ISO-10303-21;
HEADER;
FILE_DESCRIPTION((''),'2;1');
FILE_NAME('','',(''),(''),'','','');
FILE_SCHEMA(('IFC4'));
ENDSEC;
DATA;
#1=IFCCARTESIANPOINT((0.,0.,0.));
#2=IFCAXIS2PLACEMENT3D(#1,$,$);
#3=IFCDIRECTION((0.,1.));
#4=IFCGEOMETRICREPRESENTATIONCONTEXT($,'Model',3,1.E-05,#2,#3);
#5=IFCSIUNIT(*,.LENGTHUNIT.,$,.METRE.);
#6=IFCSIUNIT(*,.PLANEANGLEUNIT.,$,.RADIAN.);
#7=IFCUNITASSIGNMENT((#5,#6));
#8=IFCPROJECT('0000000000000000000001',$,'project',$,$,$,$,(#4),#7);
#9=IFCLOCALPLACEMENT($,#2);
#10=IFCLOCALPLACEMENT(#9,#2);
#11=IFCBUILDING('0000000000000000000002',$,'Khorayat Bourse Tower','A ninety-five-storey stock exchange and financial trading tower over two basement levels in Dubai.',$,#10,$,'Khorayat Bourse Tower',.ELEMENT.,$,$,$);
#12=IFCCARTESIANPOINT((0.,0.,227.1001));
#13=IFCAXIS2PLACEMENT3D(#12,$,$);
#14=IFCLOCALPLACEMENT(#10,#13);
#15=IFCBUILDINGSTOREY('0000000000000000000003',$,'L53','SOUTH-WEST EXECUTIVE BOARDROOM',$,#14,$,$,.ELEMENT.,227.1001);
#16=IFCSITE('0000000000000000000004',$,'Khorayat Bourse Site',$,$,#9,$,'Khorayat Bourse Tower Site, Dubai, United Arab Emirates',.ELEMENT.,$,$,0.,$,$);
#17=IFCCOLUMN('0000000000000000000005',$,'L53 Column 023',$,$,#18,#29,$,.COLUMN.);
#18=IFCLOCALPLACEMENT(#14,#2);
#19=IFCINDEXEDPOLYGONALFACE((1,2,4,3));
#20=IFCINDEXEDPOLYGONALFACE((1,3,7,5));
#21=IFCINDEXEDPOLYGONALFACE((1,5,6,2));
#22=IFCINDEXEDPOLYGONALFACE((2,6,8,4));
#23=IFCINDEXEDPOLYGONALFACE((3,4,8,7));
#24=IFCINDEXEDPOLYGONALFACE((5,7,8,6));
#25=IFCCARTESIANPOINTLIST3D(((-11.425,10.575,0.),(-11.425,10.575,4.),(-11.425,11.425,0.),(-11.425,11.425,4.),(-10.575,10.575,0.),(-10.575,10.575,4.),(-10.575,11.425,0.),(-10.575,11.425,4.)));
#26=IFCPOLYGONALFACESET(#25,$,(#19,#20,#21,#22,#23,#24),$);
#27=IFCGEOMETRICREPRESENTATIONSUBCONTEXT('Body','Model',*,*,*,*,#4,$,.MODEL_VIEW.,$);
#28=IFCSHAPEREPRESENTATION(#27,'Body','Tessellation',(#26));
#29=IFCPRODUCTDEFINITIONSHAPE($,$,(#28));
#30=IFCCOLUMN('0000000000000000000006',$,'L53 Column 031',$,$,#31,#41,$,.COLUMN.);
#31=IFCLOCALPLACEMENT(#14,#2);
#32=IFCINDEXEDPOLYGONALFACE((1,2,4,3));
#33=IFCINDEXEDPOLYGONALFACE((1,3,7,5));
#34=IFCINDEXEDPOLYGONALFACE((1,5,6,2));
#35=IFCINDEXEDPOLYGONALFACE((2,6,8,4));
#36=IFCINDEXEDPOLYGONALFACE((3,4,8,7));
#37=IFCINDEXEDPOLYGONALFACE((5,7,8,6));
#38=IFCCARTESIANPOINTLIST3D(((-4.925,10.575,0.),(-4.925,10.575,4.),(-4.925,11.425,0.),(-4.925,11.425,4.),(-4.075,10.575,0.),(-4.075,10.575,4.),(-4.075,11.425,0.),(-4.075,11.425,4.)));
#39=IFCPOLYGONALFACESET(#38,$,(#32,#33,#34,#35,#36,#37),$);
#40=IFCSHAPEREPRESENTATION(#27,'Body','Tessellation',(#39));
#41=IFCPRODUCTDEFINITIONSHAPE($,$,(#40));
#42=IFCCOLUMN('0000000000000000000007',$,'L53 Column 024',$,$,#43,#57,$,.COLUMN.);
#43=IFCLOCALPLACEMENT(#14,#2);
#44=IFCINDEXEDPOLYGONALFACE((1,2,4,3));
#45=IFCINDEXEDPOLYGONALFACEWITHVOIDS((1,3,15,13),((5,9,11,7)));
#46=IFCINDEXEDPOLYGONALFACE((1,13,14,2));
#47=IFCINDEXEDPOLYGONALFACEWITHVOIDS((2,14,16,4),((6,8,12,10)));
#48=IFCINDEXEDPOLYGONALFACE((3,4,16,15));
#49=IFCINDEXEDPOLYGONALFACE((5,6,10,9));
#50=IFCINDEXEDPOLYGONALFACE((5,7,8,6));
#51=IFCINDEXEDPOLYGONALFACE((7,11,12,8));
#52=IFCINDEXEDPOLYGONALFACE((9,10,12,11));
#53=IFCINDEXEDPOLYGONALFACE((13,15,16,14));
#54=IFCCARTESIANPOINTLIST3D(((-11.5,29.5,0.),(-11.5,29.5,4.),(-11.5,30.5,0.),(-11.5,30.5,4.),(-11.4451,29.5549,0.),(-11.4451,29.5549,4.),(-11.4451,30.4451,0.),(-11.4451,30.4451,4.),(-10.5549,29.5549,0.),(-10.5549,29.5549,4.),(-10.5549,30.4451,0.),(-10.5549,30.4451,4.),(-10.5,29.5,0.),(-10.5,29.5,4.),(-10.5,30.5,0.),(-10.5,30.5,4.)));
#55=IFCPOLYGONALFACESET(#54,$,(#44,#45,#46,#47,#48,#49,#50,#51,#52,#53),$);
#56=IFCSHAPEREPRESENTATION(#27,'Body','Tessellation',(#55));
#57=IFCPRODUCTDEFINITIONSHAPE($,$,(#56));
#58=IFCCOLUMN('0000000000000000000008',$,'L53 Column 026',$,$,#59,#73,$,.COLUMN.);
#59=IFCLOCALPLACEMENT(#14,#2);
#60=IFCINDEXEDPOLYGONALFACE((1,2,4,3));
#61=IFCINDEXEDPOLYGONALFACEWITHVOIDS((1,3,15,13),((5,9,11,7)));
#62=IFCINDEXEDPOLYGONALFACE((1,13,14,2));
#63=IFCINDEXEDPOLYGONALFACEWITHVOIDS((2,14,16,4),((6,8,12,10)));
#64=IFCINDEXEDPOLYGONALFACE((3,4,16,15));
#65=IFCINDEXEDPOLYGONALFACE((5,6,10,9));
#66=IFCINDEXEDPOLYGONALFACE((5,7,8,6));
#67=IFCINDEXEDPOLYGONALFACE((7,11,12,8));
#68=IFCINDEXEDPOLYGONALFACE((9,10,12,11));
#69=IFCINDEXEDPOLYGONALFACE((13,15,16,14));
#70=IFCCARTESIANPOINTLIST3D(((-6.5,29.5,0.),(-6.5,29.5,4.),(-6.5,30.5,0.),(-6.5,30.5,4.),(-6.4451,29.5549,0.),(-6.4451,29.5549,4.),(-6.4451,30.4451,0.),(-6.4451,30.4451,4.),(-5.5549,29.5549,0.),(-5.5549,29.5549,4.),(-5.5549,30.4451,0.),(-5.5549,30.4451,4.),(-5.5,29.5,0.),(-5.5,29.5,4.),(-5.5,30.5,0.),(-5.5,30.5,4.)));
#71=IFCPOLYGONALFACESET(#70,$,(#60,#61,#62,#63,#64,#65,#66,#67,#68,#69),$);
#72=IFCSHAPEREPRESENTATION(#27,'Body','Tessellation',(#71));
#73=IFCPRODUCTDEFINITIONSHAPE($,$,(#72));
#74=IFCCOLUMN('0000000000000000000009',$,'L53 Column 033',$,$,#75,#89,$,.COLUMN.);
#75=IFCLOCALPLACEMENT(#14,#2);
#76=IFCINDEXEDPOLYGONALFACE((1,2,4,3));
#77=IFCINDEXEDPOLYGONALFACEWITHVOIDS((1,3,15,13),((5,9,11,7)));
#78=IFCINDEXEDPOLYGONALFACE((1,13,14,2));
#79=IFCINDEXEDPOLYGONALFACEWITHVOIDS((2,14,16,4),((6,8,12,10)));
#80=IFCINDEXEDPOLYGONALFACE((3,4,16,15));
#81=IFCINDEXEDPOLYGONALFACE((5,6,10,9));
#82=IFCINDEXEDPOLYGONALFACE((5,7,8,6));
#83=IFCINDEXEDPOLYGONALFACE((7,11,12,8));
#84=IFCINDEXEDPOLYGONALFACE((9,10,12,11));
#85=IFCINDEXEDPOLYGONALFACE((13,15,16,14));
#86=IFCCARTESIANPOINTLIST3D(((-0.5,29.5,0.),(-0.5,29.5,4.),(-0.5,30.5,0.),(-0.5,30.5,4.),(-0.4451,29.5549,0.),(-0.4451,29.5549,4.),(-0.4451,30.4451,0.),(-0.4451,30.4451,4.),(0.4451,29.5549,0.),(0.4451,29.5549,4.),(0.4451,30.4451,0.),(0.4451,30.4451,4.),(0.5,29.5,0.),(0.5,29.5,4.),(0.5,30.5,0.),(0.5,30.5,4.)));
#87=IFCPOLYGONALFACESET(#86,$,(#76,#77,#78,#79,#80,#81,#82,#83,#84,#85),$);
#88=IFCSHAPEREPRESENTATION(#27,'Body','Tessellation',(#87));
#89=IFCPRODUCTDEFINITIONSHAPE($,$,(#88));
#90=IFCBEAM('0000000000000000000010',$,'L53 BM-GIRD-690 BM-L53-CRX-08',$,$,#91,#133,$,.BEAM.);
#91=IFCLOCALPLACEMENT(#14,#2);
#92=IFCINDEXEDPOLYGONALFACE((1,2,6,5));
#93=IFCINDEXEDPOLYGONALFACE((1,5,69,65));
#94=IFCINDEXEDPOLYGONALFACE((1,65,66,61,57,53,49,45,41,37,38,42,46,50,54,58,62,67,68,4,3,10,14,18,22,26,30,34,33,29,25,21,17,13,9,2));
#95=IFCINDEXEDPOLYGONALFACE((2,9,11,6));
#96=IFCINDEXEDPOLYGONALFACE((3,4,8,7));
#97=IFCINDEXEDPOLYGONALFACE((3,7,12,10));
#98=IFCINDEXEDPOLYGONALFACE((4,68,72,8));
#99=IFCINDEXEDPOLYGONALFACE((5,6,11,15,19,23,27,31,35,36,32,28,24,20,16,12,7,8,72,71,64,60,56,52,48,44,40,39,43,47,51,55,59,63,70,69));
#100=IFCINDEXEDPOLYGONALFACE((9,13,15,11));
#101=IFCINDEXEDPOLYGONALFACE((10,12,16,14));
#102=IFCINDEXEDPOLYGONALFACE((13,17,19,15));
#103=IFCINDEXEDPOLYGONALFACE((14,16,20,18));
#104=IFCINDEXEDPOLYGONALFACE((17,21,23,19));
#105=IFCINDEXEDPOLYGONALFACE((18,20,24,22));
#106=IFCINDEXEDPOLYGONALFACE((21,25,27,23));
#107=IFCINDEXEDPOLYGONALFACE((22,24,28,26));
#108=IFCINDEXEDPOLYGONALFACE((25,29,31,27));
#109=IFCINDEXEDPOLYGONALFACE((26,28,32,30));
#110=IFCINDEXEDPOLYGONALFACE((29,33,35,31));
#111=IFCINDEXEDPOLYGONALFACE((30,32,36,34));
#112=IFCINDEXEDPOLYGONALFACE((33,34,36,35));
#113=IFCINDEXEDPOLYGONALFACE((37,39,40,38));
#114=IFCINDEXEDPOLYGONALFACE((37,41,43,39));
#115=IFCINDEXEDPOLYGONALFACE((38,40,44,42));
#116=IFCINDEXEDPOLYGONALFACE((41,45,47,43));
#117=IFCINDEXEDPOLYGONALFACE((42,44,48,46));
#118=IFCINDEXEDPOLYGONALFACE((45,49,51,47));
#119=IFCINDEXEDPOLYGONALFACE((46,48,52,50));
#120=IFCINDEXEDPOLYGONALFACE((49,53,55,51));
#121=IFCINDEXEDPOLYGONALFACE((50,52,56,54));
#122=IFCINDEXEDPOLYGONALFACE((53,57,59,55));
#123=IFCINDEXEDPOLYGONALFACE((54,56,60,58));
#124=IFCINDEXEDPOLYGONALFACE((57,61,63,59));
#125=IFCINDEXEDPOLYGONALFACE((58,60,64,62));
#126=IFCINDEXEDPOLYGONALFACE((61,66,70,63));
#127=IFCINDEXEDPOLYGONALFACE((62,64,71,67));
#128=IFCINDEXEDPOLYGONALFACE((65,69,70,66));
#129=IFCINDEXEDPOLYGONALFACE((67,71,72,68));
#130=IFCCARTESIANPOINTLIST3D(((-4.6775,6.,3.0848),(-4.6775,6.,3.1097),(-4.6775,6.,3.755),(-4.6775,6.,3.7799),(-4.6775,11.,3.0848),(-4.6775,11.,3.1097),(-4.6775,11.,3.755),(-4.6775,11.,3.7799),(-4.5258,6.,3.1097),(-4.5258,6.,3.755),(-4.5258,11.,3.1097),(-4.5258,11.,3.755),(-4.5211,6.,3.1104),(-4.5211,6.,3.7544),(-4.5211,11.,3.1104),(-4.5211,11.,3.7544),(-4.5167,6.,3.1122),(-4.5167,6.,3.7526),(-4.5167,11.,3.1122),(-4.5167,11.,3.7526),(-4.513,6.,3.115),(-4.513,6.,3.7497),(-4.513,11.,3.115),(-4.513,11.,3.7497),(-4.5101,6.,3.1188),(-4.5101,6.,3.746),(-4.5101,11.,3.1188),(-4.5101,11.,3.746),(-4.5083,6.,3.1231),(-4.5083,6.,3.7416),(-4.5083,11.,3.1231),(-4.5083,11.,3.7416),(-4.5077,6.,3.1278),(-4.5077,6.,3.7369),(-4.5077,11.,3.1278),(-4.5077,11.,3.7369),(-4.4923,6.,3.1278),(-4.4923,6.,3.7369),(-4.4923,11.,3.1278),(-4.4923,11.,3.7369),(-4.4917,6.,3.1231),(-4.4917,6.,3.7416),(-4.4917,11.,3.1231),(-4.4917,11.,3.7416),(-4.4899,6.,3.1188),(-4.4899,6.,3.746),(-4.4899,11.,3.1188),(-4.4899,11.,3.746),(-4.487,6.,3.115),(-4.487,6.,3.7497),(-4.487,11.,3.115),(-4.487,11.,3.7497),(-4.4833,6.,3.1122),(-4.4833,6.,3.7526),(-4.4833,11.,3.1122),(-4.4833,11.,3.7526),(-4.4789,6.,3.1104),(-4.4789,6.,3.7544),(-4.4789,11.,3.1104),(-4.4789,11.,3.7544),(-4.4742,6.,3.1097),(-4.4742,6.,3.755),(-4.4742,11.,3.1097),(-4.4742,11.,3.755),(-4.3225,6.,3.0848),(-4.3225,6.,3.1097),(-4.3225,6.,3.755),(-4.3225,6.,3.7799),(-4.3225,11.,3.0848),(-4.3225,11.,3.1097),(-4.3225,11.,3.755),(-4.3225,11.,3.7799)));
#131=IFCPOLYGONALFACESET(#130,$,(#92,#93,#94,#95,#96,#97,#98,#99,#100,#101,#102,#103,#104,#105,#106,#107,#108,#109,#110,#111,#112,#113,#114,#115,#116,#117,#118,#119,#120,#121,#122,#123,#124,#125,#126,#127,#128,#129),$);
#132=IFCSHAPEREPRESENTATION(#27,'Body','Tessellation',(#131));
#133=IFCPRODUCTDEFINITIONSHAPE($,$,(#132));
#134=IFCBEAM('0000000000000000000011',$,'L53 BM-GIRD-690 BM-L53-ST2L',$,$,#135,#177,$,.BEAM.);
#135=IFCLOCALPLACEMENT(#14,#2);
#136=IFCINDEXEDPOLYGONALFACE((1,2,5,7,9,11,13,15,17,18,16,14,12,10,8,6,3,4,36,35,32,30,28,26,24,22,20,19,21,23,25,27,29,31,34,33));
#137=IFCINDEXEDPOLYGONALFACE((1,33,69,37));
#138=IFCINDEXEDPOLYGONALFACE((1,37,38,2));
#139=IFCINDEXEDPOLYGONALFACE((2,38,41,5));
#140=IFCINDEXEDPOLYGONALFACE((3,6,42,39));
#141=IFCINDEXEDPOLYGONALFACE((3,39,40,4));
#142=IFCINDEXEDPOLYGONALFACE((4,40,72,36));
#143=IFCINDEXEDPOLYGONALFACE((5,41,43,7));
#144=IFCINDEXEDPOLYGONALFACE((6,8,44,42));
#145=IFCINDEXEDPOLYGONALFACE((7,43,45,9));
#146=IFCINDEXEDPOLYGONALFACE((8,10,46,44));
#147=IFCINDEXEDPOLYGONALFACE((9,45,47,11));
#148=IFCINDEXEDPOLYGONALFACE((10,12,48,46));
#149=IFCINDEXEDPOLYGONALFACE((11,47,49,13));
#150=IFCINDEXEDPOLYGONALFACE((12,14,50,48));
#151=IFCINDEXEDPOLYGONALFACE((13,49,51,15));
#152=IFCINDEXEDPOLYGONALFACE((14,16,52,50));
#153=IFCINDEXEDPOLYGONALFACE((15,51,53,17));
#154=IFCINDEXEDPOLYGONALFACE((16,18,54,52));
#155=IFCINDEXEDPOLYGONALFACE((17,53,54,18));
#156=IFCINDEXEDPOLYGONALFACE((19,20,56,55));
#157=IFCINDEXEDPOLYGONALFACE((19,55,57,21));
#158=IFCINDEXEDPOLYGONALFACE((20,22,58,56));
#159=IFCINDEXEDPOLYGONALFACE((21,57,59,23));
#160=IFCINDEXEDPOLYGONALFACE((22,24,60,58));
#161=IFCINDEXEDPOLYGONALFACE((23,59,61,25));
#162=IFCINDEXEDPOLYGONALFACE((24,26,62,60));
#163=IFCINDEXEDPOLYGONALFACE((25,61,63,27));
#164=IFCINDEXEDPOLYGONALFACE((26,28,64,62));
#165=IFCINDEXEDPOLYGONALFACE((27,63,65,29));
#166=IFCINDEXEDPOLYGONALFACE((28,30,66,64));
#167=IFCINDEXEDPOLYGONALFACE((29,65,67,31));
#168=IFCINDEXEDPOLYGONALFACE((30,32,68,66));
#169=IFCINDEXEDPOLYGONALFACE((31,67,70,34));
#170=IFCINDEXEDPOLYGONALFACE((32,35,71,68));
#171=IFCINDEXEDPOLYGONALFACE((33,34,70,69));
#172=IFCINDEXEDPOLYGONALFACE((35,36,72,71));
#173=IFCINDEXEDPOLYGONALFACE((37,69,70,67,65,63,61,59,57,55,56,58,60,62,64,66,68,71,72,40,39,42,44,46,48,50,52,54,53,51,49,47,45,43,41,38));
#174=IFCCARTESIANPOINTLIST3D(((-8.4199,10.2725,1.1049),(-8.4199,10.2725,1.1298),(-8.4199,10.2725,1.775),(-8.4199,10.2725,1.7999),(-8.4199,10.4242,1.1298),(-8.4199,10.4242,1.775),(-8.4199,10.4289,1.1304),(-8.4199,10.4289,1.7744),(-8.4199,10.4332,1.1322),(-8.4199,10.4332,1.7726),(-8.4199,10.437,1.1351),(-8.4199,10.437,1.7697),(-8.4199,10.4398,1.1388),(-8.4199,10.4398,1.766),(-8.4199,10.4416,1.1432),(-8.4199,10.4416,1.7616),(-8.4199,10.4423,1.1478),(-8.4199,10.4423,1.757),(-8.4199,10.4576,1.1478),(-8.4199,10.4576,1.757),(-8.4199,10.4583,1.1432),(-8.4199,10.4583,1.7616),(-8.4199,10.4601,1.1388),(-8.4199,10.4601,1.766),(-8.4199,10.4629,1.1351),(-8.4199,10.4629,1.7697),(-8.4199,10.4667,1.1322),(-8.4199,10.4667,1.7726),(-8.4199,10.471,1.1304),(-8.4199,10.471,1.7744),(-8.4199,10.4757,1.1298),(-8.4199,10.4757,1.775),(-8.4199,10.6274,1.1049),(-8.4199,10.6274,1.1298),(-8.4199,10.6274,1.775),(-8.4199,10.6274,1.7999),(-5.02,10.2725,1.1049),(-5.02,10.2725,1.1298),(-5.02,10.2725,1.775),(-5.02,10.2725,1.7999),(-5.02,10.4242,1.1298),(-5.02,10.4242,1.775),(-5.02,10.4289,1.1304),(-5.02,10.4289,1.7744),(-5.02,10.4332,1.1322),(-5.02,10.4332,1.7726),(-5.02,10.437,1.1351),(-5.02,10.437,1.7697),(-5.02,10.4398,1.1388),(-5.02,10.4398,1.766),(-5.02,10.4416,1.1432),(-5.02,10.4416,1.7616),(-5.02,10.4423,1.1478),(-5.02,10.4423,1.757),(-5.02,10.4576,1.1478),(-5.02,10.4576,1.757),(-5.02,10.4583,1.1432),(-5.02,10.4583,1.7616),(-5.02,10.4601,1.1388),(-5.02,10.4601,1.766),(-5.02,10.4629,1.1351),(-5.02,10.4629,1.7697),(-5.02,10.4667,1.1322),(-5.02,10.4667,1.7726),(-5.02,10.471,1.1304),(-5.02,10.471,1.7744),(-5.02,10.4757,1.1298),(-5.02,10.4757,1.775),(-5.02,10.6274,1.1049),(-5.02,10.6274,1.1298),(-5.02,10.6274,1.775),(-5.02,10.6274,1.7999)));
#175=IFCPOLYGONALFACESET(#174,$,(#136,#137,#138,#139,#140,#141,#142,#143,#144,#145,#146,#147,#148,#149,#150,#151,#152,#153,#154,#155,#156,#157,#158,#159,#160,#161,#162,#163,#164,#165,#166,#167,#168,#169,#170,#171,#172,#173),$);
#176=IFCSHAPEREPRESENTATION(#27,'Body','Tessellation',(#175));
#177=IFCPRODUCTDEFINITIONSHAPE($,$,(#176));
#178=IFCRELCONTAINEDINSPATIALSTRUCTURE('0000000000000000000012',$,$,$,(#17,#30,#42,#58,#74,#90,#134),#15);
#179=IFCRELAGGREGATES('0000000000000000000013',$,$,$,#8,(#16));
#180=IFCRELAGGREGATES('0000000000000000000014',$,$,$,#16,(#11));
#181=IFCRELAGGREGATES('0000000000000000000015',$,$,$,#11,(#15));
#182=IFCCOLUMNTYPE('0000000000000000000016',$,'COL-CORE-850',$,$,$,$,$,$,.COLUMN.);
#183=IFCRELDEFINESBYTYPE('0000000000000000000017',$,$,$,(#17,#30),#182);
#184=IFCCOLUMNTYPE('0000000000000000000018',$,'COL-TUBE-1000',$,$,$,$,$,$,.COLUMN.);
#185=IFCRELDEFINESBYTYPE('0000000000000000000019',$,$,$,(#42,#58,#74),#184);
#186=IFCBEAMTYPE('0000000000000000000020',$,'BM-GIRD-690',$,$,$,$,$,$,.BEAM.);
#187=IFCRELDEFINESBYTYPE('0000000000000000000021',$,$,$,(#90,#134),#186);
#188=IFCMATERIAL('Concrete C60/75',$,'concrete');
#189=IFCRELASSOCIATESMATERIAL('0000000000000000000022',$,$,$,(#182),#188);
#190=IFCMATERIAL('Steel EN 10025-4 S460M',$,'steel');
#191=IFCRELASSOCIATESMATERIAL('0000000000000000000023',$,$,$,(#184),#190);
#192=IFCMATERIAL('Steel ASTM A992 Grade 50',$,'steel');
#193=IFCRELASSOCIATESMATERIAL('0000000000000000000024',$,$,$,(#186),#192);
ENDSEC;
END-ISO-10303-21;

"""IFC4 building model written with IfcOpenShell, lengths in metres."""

from ifc_helpers import new_model, si_unit, direction, frame, origin, origin_2d, place, context, subcontext, project, spatial, rectangle, hollow_rectangle, i_section, extrude, source, transform, mapped, material, material_profile, profile_set, type_object, element, save


model = new_model("IFC4")

# Units and contexts
model_context = context("Model", 3, precision=1e-05, world=origin(), true_north=direction((0.0, 1.0)))
body_context = subcontext(model_context, "Body", "Model", "MODEL_VIEW")
ifc_project = project(units=[si_unit("LENGTHUNIT", "METRE"), si_unit("PLANEANGLEUNIT", "RADIAN")], contexts=[model_context])

# Site, building, storey
site_placement = place(None, origin())
site = spatial("IfcSite", under=ifc_project, at=site_placement, Name="Khorayat Bourse Site", LongName="Khorayat Bourse Tower Site, Dubai, United Arab Emirates", CompositionType="ELEMENT", RefElevation=0.0)
building_placement = place(site_placement, origin())
building = spatial("IfcBuilding", under=site, at=building_placement, Name="Khorayat Bourse Tower", Description="A ninety-five-storey stock exchange and financial trading tower over two basement levels in Dubai.", LongName="Khorayat Bourse Tower", CompositionType="ELEMENT")
storey_placement = place(building_placement, frame((0.0, 0.0, 227.1001)))
storey = spatial("IfcBuildingStorey", under=building, at=storey_placement, Name="L53", Description="SOUTH-WEST EXECUTIVE BOARDROOM", CompositionType="ELEMENT", Elevation=227.1001)

# Columns
ifc_material_1 = material(Name="Concrete C60/75", Category="concrete")
ifc_material_profile_1 = material_profile(ifc_material_1, rectangle(XDim=0.8501, YDim=0.8501, at=origin_2d()), Name="RC 850x850")
ifc_profile_set_1 = profile_set([ifc_material_profile_1], Name="Concrete C60/75")
column_type_1 = type_object("IfcColumnType", Name="COL-CORE-850", PredefinedType="COLUMN", material=ifc_profile_set_1)
shared_shape_1 = source(origin(), body_context, "Body", "SweptSolid", [
    extrude(rectangle(XDim=0.8501, YDim=0.8501, at=origin_2d()), origin(), (0.0, 0.0, 1.0), 4.0),
])
for number, where, z_axis, x_axis, name in (
    (1, (-11.0, 11.0, 0.0), (0.0, 0.0, 1.0), (1.0, 0.0, 0.0), "L53 Column 023"),
    (2, (-4.5, 11.0, 0.0), (0.0, 0.0, 1.0), (1.0, 0.0, 0.0), "L53 Column 031"),
):
    element("IfcColumn", number, at=place(storey_placement, frame(where, z_axis=z_axis, x_axis=x_axis)), inside=storey, type_object=column_type_1, Name=name, PredefinedType="COLUMN", context=body_context, shape_type="MappedRepresentation", body=[
        mapped(shared_shape_1, transform((0.0, 0.0, 0.0), scale=1.0)),
    ])
ifc_material_2 = material(Name="Steel EN 10025-4 S460M", Category="steel")
ifc_material_profile_2 = material_profile(ifc_material_2, hollow_rectangle(XDim=1.0, YDim=1.0, WallThickness=0.0549, at=origin_2d()), Name="BOX 1000x1000x55")
ifc_profile_set_2 = profile_set([ifc_material_profile_2], Name="Steel EN 10025-4 S460M")
column_type_2 = type_object("IfcColumnType", Name="COL-TUBE-1000", PredefinedType="COLUMN", material=ifc_profile_set_2)
shared_shape_2 = source(origin(), body_context, "Body", "SweptSolid", [
    extrude(hollow_rectangle(XDim=1.0, YDim=1.0, WallThickness=0.0549, at=origin_2d()), origin(), (0.0, 0.0, 1.0), 4.0),
])
for number, where, z_axis, x_axis, name in (
    (3, (-11.0, 30.0, 0.0), (0.0, 0.0, 1.0), (1.0, 0.0, 0.0), "L53 Column 024"),
    (4, (-6.0, 30.0, 0.0), (0.0, 0.0, 1.0), (1.0, 0.0, 0.0), "L53 Column 026"),
    (5, (0.0, 30.0, 0.0), (0.0, 0.0, 1.0), (1.0, 0.0, 0.0), "L53 Column 033"),
):
    element("IfcColumn", number, at=place(storey_placement, frame(where, z_axis=z_axis, x_axis=x_axis)), inside=storey, type_object=column_type_2, Name=name, PredefinedType="COLUMN", context=body_context, shape_type="MappedRepresentation", body=[
        mapped(shared_shape_2, transform((0.0, 0.0, 0.0), scale=1.0)),
    ])

# Beams
ifc_material_3 = material(Name="Steel ASTM A992 Grade 50", Category="steel")
ifc_material_profile_3 = material_profile(ifc_material_3, i_section(OverallWidth=0.355, OverallDepth=0.6951, WebThickness=0.0154, FlangeThickness=0.0249, FilletRadius=0.0181, at=origin_2d()), Name="W690X217")
ifc_profile_set_3 = profile_set([ifc_material_profile_3], Name="Steel ASTM A992 Grade 50")
beam_type_1 = type_object("IfcBeamType", Name="BM-GIRD-690", PredefinedType="BEAM", material=ifc_profile_set_3)
shared_shape_3 = source(origin(), body_context, "Body", "SweptSolid", [
    extrude(i_section(OverallWidth=0.355, OverallDepth=0.6951, WebThickness=0.0154, FlangeThickness=0.0249, FilletRadius=0.0181, at=origin_2d()), origin(), (0.0, 0.0, 1.0), 5.0),
])
beam_1_placement = place(storey_placement, frame((-4.5, 6.0, 3.4324), z_axis=(0.0, 1.0, 0.0), x_axis=(-1.0, 0.0, 0.0)))
element("IfcBeam", 6, at=beam_1_placement, inside=storey, type_object=beam_type_1, Name="L53 BM-GIRD-690 BM-L53-CRX-08", PredefinedType="BEAM", context=body_context, shape_type="MappedRepresentation", body=[
    mapped(shared_shape_3, transform((0.0, 0.0, 0.0), scale=1.0)),
])
shared_shape_4 = source(origin(), body_context, "Body", "SweptSolid", [
    extrude(i_section(OverallWidth=0.355, OverallDepth=0.6951, WebThickness=0.0154, FlangeThickness=0.0249, FilletRadius=0.0181, at=origin_2d()), origin(), (0.0, 0.0, 1.0), 3.3999),
])
beam_2_placement = place(storey_placement, frame((-8.4199, 10.45, 1.4524), z_axis=(1.0, 0.0, 0.0), x_axis=(0.0, 1.0, 0.0)))
element("IfcBeam", 7, at=beam_2_placement, inside=storey, type_object=beam_type_1, Name="L53 BM-GIRD-690 BM-L53-ST2L", PredefinedType="BEAM", context=body_context, shape_type="MappedRepresentation", body=[
    mapped(shared_shape_4, transform((0.0, 0.0, 0.0), scale=1.0)),
])

save(model, "model.ifc")
